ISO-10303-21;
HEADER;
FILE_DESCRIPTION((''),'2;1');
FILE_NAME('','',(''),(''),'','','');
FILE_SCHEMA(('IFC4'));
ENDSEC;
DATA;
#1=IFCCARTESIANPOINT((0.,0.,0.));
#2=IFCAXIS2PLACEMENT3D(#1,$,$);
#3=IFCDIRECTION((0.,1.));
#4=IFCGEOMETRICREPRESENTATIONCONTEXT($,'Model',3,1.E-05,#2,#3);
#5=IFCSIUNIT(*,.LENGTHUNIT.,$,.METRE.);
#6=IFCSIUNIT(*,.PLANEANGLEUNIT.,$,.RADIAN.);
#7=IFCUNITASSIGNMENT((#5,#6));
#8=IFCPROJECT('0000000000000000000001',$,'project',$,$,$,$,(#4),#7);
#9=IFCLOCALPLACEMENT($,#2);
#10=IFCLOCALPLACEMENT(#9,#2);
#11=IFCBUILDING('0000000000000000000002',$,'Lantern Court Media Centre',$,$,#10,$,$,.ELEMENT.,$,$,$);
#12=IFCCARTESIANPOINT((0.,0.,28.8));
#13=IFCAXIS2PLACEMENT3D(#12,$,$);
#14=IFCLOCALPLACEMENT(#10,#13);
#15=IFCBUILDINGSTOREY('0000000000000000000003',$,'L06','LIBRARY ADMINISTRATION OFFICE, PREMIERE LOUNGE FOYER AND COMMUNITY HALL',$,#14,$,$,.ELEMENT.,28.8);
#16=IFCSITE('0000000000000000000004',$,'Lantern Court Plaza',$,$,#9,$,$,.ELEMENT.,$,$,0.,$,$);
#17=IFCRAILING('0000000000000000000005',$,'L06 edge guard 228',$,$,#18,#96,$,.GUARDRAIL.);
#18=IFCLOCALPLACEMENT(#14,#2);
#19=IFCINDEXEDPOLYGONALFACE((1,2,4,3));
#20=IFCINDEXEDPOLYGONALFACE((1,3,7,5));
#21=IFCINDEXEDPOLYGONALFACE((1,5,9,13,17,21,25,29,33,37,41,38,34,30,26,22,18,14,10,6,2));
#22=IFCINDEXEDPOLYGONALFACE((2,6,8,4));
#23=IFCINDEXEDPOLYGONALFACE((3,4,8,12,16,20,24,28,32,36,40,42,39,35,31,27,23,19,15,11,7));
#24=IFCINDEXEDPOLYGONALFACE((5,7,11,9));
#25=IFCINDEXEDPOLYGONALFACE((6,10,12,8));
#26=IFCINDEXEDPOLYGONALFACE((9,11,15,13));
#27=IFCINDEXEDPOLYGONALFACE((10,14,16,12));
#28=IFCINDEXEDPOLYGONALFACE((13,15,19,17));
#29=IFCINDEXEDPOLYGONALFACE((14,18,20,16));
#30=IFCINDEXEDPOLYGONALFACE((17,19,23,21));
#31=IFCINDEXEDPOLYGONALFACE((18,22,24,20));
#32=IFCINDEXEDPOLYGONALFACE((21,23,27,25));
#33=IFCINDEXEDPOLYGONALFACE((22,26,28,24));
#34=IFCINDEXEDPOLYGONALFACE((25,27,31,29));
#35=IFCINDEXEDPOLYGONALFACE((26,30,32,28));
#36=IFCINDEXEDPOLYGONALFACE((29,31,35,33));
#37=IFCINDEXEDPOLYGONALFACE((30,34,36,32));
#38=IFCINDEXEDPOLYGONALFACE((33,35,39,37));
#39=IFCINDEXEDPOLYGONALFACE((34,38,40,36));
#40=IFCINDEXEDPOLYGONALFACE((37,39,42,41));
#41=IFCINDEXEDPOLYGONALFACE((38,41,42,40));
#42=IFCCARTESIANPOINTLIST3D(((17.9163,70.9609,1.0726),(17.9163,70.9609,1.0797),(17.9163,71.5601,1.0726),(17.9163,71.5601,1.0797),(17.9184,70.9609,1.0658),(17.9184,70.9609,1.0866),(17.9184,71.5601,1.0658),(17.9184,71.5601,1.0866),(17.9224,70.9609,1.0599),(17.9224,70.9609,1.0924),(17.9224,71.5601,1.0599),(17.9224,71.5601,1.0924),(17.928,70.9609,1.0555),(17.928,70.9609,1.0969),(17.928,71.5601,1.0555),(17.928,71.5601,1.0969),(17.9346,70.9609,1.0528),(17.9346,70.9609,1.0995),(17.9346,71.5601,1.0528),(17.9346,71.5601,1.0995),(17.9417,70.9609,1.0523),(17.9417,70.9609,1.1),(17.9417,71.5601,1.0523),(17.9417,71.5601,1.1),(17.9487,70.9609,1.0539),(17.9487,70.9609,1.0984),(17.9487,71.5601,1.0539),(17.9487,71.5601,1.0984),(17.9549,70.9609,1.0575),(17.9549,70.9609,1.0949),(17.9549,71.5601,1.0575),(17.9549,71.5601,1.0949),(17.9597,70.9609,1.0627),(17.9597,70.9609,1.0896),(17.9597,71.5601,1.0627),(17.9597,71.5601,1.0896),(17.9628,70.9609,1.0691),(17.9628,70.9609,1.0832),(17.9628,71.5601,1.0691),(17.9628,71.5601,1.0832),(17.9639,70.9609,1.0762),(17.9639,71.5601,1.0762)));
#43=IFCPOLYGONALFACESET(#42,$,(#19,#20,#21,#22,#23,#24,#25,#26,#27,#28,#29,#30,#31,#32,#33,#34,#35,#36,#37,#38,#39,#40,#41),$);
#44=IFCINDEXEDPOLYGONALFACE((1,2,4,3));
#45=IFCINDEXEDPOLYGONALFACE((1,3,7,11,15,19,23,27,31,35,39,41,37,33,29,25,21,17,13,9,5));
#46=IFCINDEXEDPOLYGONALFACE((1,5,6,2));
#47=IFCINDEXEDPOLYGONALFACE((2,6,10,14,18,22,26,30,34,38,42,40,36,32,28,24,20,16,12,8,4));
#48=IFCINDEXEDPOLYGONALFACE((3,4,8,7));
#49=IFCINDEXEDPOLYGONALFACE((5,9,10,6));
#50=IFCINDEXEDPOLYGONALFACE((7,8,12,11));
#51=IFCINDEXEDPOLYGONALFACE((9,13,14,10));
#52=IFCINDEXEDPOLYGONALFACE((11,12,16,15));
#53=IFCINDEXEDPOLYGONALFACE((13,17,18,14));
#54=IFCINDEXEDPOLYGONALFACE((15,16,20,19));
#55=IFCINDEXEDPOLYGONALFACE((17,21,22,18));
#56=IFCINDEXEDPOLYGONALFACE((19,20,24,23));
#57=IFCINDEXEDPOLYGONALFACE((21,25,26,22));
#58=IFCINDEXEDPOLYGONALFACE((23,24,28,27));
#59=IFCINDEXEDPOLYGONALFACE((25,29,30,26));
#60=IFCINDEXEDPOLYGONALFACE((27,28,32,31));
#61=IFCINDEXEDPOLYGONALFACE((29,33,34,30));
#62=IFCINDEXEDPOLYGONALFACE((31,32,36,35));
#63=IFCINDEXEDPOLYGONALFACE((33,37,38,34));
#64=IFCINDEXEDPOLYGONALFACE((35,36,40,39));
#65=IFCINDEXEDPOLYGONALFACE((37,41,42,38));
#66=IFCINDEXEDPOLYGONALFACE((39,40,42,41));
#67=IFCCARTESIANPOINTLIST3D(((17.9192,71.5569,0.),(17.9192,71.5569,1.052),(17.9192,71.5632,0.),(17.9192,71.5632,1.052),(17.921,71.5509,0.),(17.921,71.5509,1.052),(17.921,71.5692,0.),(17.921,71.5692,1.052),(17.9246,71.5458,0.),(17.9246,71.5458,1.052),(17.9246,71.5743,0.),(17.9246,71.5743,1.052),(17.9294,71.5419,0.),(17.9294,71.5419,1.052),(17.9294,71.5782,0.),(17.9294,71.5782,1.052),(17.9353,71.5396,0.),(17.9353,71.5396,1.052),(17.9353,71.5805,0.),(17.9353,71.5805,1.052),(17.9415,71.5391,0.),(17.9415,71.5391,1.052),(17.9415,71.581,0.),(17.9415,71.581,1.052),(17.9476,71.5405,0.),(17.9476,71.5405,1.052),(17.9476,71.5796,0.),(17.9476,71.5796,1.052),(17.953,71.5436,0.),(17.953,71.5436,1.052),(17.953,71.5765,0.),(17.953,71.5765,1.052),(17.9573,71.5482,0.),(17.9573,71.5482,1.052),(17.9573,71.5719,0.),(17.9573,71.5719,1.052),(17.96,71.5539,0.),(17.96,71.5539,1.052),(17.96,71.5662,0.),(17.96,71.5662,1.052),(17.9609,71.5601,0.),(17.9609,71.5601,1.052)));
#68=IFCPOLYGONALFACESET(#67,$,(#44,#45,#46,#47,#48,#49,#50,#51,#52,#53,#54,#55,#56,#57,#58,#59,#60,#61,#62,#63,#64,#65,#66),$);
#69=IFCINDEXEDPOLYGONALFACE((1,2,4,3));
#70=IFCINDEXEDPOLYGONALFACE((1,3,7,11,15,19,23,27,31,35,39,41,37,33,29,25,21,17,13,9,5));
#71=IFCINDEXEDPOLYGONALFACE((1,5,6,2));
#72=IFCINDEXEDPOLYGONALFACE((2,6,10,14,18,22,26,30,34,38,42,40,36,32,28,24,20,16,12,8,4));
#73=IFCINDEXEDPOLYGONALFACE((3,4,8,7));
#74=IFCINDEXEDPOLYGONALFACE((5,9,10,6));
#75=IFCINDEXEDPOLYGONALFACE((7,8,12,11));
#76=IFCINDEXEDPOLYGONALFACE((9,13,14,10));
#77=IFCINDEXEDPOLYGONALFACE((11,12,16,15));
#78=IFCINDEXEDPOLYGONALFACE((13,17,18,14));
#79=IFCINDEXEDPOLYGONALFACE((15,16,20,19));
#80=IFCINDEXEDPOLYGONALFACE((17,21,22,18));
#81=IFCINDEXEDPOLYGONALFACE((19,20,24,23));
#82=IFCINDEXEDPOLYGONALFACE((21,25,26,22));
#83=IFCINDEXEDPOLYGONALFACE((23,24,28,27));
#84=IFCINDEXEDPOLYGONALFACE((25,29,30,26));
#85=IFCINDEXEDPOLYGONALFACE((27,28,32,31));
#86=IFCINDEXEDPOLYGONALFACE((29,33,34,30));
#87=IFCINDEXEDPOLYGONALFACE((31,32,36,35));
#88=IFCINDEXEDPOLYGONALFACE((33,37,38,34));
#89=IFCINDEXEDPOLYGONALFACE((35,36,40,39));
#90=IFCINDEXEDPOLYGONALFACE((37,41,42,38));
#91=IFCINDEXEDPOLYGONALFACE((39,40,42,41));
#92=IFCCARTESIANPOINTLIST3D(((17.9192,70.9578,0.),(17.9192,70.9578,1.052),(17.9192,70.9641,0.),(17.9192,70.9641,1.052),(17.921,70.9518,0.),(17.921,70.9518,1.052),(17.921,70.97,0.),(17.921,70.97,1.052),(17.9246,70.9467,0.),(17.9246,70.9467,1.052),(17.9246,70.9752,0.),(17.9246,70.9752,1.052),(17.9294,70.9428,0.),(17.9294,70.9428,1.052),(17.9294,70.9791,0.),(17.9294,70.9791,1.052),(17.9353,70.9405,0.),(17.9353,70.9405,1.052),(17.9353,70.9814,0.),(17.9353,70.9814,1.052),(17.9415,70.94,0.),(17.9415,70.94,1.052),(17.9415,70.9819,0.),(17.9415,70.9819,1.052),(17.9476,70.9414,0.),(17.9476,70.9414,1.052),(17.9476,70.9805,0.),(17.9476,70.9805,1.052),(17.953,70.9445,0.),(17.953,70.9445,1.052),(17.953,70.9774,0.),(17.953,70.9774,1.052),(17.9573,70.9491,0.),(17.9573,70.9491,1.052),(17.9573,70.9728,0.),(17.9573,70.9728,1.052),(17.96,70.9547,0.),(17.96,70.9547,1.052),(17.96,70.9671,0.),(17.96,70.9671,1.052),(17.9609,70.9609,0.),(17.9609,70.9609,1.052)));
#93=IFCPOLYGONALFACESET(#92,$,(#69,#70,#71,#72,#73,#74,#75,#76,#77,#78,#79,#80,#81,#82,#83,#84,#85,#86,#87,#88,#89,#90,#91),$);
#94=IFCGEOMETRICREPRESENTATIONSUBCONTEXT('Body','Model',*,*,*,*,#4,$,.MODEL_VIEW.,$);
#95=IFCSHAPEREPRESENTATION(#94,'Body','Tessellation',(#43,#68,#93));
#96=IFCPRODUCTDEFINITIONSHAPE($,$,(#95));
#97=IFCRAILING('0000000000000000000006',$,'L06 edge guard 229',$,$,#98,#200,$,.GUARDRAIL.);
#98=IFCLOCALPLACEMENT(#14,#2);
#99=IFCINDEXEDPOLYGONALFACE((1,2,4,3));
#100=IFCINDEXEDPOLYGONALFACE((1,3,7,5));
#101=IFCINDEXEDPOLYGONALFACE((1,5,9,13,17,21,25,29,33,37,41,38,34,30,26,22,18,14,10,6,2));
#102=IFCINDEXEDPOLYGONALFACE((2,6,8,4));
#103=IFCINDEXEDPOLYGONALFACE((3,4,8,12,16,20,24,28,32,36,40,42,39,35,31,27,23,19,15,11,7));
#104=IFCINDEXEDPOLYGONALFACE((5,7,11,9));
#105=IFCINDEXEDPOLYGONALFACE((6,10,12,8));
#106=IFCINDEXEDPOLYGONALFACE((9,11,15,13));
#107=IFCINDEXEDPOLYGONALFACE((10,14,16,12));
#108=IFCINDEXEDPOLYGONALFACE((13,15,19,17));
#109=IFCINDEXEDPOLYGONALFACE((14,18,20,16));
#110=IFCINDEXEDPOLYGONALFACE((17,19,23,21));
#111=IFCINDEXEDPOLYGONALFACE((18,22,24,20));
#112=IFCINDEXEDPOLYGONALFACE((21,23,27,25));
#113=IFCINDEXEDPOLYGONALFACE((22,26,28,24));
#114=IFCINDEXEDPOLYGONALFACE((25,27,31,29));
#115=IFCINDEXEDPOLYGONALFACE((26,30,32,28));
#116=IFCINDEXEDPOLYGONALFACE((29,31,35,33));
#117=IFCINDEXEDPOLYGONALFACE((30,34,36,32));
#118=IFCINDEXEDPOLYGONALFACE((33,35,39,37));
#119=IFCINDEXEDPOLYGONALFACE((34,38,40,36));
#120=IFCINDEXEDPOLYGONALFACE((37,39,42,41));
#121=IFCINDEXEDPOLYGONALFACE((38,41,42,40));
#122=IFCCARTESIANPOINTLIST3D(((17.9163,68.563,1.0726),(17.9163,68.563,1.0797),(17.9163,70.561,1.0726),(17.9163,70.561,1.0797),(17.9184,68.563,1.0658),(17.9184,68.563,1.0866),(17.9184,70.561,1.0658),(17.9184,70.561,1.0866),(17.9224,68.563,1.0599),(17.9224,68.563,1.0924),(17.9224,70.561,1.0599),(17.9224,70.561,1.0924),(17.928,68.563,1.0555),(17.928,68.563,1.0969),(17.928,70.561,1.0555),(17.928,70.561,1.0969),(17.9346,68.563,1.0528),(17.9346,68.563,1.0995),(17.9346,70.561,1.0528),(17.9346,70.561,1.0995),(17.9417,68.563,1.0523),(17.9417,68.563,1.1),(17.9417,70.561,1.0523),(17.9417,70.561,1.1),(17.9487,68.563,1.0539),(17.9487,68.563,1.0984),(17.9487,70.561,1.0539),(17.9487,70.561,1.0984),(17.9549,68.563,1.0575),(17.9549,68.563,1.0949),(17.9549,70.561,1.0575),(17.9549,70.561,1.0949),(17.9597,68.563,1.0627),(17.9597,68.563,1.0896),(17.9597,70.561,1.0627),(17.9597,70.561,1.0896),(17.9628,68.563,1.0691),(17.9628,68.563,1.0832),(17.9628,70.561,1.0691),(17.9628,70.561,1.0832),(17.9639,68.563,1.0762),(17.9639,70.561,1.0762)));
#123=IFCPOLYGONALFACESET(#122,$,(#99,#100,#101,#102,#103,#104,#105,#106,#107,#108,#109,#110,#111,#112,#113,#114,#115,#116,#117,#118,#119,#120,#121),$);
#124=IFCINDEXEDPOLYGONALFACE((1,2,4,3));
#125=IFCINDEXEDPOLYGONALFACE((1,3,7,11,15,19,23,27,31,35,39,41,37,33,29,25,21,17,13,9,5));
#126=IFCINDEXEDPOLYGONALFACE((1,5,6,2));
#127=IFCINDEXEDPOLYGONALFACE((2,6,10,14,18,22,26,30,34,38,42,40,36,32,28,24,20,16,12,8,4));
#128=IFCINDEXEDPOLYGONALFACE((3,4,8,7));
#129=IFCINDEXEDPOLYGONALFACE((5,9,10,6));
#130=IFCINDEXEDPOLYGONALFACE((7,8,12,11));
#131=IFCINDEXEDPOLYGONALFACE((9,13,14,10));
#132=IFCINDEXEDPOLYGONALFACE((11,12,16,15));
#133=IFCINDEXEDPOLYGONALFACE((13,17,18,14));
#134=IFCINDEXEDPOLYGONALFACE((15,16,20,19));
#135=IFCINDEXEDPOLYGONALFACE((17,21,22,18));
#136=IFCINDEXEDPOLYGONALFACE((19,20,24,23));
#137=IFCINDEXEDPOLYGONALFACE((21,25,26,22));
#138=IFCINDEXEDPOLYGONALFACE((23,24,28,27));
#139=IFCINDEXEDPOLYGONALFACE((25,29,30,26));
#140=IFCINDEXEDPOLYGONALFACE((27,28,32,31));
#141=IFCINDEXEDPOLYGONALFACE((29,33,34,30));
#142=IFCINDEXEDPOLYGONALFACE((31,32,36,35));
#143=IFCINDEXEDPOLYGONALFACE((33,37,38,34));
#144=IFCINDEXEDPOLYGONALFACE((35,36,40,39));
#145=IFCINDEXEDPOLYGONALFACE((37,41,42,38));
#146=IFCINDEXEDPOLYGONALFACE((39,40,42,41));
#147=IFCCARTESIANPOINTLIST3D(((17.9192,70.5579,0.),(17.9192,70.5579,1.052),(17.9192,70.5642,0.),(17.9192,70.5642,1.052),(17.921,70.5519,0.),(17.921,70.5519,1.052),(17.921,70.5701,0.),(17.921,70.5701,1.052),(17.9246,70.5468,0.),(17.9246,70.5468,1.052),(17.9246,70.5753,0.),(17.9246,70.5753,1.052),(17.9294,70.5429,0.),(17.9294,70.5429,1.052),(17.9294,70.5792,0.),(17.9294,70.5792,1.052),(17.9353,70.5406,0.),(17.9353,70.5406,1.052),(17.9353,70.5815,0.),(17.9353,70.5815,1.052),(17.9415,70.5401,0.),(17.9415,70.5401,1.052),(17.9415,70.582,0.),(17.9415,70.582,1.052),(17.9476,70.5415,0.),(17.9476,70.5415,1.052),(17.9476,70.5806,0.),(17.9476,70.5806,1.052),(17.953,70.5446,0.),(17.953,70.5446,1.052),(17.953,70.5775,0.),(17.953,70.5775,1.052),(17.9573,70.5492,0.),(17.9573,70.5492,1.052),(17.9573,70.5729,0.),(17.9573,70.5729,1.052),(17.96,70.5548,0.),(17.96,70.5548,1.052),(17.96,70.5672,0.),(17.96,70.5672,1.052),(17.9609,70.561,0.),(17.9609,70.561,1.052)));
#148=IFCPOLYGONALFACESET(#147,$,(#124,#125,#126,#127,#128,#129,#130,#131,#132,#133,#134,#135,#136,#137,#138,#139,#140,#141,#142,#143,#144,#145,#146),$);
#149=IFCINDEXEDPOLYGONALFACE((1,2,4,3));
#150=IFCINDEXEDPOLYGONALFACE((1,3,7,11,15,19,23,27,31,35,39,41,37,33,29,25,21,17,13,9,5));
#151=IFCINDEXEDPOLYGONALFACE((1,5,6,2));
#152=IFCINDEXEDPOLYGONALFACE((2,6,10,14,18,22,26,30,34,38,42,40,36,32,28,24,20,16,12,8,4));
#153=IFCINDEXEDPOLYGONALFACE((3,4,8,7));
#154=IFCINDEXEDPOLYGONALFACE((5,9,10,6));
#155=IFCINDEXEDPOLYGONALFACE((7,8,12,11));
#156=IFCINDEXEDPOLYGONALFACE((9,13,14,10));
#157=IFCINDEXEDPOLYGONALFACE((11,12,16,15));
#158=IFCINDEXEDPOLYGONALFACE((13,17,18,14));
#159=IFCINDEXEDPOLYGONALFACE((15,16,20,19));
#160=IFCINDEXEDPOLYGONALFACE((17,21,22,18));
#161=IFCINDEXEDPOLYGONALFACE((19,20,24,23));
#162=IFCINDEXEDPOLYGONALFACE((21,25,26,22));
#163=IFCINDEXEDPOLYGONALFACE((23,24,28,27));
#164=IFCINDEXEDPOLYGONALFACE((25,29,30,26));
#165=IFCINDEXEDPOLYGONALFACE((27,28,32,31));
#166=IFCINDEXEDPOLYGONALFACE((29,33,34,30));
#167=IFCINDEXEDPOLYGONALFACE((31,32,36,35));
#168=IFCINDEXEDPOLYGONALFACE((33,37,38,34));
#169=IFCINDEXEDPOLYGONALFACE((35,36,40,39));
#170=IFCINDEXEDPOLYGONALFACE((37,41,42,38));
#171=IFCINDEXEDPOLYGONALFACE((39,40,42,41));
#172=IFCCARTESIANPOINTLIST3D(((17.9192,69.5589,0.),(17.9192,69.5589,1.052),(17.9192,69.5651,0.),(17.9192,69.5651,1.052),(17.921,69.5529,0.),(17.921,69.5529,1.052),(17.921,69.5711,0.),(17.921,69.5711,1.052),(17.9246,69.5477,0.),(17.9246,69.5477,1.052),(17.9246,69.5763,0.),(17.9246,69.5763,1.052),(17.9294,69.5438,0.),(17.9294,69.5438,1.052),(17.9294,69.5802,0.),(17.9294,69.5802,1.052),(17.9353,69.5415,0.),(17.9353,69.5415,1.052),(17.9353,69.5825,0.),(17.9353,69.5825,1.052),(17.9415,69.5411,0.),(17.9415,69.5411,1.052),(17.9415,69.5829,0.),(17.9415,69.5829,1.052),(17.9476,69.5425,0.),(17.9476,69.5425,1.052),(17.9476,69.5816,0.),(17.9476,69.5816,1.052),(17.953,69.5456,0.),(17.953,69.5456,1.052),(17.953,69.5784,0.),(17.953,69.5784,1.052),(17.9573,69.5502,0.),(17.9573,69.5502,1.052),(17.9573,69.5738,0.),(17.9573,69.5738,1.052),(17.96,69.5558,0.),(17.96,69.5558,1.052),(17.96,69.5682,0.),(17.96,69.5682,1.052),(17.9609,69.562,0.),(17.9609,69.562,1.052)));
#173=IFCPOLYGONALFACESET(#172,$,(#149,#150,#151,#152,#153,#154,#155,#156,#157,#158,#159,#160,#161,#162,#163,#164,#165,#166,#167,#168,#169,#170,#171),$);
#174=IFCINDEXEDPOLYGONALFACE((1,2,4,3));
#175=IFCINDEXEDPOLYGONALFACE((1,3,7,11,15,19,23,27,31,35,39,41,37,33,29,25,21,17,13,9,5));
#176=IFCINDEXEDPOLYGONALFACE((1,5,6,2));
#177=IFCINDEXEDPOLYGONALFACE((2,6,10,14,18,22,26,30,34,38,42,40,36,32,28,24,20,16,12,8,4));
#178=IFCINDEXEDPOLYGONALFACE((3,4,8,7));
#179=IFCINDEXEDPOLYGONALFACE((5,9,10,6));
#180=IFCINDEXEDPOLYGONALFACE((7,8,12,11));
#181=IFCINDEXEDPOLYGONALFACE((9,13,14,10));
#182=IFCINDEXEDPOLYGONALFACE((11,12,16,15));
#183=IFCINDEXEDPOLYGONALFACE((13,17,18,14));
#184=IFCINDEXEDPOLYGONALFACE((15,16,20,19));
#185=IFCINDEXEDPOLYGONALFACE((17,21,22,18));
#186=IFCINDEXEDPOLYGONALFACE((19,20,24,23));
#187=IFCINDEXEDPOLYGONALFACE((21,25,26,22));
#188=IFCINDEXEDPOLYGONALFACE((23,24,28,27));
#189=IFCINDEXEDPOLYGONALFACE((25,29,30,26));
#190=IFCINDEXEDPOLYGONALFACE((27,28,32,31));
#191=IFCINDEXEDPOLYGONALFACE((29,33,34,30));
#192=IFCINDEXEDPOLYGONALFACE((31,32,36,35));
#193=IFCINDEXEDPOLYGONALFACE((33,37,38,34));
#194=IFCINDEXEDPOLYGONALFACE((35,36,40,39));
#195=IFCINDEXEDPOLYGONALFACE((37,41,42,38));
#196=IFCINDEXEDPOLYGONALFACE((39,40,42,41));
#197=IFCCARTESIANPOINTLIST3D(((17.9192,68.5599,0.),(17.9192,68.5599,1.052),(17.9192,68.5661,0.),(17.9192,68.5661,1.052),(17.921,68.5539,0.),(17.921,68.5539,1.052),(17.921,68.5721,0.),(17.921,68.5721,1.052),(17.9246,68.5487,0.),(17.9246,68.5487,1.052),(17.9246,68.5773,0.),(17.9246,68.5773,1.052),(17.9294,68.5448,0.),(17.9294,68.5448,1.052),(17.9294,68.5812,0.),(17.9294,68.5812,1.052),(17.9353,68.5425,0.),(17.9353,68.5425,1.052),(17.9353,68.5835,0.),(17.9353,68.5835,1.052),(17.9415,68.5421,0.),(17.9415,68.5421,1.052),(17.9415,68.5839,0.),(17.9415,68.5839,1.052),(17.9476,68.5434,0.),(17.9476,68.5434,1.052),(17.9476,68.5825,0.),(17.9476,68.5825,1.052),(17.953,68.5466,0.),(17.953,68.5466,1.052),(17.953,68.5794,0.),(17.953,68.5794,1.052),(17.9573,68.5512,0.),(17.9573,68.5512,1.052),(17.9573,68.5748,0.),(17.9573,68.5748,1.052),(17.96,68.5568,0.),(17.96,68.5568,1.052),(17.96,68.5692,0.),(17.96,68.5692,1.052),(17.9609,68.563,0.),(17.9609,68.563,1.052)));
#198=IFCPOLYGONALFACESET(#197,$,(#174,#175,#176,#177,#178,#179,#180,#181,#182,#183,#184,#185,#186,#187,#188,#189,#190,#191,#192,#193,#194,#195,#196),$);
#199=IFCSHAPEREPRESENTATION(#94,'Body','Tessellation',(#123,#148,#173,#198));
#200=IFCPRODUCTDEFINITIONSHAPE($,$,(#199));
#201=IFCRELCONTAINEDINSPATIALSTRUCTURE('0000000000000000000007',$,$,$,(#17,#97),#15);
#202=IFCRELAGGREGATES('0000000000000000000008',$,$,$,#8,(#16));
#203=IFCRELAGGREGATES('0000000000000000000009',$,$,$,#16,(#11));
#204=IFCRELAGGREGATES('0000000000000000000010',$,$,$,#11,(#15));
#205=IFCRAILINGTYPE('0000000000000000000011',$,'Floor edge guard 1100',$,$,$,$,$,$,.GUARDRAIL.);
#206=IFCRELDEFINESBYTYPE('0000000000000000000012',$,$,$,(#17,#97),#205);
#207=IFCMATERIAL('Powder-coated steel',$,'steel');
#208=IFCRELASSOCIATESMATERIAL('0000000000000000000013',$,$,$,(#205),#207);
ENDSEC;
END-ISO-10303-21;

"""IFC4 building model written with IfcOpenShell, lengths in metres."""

from ifc_helpers import new_model, si_unit, direction, frame, origin, origin_2d, place, context, subcontext, project, spatial, circle, extrude, material, type_object, element, save


model = new_model("IFC4")

# Units and contexts
model_context = context("Model", 3, precision=1e-05, world=origin(), true_north=direction((0.0, 1.0)))
body_context = subcontext(model_context, "Body", "Model", "MODEL_VIEW")
ifc_project = project(units=[si_unit("LENGTHUNIT", "METRE"), si_unit("PLANEANGLEUNIT", "RADIAN")], contexts=[model_context])

# Site, building, storey
site_placement = place(None, origin())
site = spatial("IfcSite", under=ifc_project, at=site_placement, Name="Lantern Court Plaza", CompositionType="ELEMENT", RefElevation=0.0)
building_placement = place(site_placement, origin())
building = spatial("IfcBuilding", under=site, at=building_placement, Name="Lantern Court Media Centre", CompositionType="ELEMENT")
storey_placement = place(building_placement, frame((0.0, 0.0, 28.8)))
storey = spatial("IfcBuildingStorey", under=building, at=storey_placement, Name="L06", Description="LIBRARY ADMINISTRATION OFFICE, PREMIERE LOUNGE FOYER AND COMMUNITY HALL", CompositionType="ELEMENT", Elevation=28.8)

# Railings
ifc_material_1 = material(Name="Powder-coated steel", Category="steel")
railing_type = type_object("IfcRailingType", Name="Floor edge guard 1100", PredefinedType="GUARDRAIL", material=ifc_material_1)
railing_1_placement = place(storey_placement, frame((17.9399, 71.5601, 0.0)))
element("IfcRailing", 1, at=railing_1_placement, inside=storey, type_object=railing_type, Name="L06 edge guard 228", PredefinedType="GUARDRAIL", context=body_context, shape_type="SweptSolid", body=[
    extrude(circle(Radius=0.0239, at=origin_2d()), frame((0.0, 0.0, 1.0762), z_axis=(0.0, -1.0, 0.0), x_axis=(1.0, 0.0, 0.0)), (0.0, 0.0, 1.0), 0.5991),
    extrude(circle(Radius=0.021, at=origin_2d()), origin(), (0.0, 0.0, 1.0), 1.052),
    extrude(circle(Radius=0.021, at=origin_2d()), frame((0.0, -0.5991, 0.0)), (0.0, 0.0, 1.0), 1.052),
])
for number, where, name in (
    (2, (17.9399, 70.561, 0.0), "L06 edge guard 229"),
):
    element("IfcRailing", number, at=place(storey_placement, frame(where)), inside=storey, type_object=railing_type, Name=name, PredefinedType="GUARDRAIL", context=body_context, shape_type="SweptSolid", body=[
        extrude(circle(Radius=0.0239, at=origin_2d()), frame((0.0, 0.0, 1.0762), z_axis=(0.0, -1.0, 0.0), x_axis=(1.0, 0.0, 0.0)), (0.0, 0.0, 1.0), 1.998),
        extrude(circle(Radius=0.021, at=origin_2d()), origin(), (0.0, 0.0, 1.0), 1.052),
        extrude(circle(Radius=0.021, at=origin_2d()), frame((0.0, -0.999, 0.0)), (0.0, 0.0, 1.0), 1.052),
        extrude(circle(Radius=0.021, at=origin_2d()), frame((0.0, -1.998, 0.0)), (0.0, 0.0, 1.0), 1.052),
    ])

save(model, "model.ifc")
